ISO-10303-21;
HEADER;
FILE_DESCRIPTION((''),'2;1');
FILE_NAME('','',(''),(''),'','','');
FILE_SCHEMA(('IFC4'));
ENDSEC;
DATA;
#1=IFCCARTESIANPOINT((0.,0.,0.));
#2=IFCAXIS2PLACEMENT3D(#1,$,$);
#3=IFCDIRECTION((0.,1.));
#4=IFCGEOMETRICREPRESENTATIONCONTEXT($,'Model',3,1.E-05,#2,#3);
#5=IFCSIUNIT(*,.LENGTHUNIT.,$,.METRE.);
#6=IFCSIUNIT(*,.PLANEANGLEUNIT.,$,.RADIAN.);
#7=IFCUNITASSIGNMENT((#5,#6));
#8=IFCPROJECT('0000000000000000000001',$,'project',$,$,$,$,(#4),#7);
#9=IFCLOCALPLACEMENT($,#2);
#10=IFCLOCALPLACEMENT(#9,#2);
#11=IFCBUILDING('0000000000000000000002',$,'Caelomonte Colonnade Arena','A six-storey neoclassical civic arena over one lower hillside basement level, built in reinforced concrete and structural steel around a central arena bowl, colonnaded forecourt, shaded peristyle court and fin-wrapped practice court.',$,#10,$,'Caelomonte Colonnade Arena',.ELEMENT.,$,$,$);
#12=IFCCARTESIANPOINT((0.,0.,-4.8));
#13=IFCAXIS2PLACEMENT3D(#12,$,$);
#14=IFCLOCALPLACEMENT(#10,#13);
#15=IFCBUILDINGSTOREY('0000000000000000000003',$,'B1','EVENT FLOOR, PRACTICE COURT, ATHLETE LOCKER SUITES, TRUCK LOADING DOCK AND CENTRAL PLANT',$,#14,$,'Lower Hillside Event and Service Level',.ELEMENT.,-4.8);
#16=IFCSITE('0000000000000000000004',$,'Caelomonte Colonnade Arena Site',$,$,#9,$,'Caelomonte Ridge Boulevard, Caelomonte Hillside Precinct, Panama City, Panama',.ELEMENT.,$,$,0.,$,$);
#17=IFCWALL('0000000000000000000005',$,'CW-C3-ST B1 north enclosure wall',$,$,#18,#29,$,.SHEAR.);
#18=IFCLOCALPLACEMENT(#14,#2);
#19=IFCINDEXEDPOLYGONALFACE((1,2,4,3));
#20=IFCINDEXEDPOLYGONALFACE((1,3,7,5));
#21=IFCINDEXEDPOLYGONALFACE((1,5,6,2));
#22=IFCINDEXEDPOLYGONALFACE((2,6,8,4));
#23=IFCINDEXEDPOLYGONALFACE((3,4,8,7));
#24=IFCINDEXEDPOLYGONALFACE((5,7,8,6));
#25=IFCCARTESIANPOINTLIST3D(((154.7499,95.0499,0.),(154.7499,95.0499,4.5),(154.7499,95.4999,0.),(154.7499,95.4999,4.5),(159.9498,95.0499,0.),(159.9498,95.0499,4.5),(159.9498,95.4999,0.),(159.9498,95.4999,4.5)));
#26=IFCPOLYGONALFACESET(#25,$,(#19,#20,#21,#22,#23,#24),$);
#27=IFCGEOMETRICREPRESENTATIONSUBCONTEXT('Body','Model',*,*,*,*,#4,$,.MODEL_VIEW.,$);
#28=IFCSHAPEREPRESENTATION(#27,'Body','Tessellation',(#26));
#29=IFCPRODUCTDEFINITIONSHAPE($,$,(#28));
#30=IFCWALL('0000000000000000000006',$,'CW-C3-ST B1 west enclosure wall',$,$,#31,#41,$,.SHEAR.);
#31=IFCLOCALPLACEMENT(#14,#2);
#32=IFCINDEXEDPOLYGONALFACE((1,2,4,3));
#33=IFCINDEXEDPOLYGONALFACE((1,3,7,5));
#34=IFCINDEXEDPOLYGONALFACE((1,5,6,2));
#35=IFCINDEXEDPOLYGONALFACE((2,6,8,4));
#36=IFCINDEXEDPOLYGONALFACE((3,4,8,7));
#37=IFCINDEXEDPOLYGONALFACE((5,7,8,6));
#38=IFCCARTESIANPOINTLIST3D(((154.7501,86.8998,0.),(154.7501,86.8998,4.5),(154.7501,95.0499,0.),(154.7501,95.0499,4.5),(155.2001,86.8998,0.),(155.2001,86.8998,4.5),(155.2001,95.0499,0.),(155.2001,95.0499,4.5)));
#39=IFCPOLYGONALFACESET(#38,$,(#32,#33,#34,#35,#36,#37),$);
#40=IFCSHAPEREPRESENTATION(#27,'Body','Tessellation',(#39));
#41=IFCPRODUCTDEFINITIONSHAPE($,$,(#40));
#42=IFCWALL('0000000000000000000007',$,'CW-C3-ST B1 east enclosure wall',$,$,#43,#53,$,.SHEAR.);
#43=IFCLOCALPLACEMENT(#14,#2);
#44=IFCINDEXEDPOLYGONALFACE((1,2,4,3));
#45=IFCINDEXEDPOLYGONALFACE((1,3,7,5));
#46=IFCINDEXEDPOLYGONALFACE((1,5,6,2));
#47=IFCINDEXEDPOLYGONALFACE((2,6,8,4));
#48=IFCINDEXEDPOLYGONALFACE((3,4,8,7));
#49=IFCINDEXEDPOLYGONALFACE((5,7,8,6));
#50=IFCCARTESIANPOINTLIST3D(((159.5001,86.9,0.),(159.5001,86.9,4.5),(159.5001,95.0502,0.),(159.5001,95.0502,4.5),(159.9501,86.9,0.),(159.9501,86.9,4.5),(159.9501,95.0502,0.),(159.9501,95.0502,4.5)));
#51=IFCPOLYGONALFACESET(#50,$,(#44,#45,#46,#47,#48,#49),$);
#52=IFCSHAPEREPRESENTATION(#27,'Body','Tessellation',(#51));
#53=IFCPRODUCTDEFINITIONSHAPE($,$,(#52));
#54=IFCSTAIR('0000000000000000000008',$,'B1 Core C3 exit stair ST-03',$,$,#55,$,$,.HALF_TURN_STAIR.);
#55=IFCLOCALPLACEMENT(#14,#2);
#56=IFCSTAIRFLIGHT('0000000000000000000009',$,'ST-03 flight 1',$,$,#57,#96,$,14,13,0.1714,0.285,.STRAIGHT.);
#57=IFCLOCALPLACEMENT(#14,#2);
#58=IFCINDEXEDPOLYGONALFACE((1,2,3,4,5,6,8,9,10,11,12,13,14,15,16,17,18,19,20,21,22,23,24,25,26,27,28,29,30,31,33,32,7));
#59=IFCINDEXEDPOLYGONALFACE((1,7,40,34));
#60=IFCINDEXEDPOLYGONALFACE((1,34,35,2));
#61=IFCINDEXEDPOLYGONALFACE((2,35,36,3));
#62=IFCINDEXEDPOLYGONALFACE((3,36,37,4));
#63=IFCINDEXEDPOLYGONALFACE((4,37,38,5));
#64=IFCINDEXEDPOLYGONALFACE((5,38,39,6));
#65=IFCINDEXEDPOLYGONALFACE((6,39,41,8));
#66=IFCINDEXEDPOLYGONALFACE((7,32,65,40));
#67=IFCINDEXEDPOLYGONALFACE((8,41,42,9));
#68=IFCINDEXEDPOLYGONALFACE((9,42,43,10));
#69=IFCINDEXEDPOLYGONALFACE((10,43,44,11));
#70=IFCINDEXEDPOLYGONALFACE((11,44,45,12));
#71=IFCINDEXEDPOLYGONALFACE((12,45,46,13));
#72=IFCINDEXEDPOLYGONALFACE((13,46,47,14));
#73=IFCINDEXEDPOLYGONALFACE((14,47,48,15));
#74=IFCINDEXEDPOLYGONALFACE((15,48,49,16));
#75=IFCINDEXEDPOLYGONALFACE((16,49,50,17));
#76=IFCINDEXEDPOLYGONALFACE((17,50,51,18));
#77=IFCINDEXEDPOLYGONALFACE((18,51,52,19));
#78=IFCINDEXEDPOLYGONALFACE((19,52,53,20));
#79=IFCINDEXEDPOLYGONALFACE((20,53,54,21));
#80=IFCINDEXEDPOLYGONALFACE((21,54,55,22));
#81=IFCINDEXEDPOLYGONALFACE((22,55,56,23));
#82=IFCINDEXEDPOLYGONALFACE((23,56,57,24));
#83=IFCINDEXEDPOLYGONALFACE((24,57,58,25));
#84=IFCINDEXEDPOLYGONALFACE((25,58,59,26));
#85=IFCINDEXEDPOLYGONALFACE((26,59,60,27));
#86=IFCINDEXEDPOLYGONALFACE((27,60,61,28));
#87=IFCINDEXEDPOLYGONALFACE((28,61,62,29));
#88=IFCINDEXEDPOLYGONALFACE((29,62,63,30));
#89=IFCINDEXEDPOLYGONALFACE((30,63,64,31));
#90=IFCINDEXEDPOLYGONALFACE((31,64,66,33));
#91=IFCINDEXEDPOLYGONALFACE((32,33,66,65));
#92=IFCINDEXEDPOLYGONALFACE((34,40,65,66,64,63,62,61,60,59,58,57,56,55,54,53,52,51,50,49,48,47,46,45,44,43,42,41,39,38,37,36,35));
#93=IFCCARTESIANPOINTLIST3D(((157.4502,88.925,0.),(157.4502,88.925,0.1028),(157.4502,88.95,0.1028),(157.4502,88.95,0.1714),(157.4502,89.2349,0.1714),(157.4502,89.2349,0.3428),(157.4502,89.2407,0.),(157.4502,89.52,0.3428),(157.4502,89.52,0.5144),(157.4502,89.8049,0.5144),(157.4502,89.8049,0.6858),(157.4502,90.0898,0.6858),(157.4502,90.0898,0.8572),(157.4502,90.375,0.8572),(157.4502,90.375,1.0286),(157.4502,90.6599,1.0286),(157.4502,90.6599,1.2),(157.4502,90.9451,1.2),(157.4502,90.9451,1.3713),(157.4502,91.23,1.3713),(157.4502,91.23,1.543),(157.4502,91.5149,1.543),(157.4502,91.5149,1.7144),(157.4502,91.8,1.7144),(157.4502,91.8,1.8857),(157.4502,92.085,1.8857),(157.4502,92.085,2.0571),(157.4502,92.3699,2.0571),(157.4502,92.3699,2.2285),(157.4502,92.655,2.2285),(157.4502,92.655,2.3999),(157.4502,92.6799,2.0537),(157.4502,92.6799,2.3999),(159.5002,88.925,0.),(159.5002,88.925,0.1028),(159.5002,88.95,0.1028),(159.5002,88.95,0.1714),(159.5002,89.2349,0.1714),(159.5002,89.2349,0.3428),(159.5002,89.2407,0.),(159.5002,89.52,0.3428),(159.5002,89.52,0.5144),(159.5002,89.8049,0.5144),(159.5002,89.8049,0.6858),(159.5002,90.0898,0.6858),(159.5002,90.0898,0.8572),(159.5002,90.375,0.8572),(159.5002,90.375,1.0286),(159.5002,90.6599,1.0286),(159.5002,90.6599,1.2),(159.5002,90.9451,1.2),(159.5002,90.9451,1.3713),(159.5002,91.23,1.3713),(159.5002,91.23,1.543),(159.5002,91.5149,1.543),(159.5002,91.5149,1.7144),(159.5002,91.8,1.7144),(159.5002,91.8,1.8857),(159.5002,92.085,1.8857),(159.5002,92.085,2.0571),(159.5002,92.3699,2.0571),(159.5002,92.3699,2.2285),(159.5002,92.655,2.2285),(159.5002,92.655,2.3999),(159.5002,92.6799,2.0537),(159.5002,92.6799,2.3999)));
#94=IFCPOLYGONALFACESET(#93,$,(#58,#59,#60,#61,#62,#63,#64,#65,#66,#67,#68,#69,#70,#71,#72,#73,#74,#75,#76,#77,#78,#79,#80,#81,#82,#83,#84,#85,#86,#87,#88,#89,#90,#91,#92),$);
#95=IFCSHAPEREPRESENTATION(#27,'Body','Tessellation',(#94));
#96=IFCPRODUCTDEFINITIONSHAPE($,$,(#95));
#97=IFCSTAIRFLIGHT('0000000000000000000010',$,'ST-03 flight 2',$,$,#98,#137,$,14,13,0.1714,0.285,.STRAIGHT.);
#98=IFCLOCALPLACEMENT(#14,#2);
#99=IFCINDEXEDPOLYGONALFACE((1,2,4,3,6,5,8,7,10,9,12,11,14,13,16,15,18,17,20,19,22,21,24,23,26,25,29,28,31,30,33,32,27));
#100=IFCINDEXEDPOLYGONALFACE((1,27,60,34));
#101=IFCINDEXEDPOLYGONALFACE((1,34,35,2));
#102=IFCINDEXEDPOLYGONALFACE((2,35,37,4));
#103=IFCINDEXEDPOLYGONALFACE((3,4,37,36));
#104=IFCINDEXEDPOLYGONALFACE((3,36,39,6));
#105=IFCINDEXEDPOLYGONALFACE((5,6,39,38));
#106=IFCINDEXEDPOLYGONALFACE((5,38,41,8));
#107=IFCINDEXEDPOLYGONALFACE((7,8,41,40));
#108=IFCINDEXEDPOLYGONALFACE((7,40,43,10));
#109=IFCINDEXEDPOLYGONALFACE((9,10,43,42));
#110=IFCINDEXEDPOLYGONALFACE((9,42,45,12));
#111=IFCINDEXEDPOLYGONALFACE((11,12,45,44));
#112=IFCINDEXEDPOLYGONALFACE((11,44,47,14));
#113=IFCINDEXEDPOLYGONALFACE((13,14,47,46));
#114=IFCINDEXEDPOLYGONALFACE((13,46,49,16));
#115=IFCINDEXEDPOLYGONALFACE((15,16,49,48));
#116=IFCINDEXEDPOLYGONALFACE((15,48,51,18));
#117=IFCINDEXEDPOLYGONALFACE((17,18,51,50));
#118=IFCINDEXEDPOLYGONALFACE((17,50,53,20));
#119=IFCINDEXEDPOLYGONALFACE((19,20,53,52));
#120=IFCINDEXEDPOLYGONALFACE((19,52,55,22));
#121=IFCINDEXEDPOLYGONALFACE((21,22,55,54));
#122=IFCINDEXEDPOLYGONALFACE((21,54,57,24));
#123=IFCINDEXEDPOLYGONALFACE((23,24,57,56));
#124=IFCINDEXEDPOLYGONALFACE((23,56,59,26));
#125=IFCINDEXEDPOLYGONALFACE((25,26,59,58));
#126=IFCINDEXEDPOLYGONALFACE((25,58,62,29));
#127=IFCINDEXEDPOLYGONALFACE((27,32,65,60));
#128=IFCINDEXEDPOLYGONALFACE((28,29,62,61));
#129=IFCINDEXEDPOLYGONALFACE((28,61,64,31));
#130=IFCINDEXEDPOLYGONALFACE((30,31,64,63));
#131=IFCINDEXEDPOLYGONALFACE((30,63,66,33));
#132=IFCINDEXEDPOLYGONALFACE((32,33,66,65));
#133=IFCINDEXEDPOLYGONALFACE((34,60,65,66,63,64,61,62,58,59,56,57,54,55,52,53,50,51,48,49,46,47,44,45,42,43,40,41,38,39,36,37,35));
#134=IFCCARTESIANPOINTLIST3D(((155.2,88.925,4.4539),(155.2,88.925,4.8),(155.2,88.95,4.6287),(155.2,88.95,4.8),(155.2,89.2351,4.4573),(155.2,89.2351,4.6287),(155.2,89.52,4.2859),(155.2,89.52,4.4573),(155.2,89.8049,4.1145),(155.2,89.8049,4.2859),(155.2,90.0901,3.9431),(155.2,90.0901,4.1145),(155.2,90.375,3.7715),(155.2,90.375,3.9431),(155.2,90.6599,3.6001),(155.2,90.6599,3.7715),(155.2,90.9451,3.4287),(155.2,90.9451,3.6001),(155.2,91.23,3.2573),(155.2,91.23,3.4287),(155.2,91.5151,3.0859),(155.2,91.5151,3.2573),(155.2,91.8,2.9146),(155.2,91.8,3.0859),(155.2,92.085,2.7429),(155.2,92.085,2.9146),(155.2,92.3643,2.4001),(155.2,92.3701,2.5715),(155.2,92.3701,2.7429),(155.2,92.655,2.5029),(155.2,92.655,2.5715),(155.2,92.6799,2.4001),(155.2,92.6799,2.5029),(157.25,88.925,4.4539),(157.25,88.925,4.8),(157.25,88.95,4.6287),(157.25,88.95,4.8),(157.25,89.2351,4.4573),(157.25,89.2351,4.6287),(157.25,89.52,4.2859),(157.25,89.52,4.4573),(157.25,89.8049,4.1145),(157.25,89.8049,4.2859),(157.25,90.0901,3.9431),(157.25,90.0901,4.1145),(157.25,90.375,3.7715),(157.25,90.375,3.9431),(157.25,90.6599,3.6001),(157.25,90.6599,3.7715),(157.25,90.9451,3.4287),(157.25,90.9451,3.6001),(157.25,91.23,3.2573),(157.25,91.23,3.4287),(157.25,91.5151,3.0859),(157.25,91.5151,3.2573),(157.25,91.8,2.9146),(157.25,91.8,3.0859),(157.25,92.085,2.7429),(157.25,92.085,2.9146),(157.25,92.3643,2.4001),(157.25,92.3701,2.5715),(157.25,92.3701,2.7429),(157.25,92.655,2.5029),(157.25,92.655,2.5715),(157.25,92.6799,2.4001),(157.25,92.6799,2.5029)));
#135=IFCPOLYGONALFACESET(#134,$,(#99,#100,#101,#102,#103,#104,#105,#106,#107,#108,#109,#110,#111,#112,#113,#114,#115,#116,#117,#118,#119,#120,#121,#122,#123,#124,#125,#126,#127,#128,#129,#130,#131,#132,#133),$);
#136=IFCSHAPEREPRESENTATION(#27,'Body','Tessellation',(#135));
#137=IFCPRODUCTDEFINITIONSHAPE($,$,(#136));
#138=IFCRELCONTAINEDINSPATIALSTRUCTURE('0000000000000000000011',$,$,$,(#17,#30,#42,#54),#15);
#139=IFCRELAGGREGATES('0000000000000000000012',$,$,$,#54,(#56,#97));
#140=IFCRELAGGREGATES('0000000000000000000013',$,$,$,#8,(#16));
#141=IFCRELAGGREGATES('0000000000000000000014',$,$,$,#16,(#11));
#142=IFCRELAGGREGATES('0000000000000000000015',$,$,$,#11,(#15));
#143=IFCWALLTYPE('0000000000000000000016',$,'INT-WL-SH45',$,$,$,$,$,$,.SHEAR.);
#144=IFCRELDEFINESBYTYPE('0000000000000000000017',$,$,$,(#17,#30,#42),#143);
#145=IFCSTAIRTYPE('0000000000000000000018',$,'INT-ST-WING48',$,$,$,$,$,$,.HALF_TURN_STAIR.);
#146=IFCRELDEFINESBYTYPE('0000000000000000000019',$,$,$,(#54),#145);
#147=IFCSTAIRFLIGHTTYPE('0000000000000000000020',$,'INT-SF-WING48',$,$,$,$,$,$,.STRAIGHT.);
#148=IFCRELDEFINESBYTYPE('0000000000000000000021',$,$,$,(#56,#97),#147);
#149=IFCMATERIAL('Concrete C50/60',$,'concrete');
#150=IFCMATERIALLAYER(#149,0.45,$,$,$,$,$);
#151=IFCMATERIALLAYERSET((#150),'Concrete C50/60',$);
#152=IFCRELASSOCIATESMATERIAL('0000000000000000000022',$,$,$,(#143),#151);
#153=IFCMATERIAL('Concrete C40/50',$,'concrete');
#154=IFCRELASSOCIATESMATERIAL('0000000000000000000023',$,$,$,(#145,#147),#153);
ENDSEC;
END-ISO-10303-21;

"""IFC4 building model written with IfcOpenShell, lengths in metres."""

from ifc_helpers import new_model, si_unit, direction, frame, frame_2d, origin, place, context, subcontext, project, spatial, polyline, rectangle, outline, extrude, material, layer, layer_set, type_object, element, aggregate, save


model = new_model("IFC4")

# Units and contexts
model_context = context("Model", 3, precision=1e-05, world=origin(), true_north=direction((0.0, 1.0)))
body_context = subcontext(model_context, "Body", "Model", "MODEL_VIEW")
ifc_project = project(units=[si_unit("LENGTHUNIT", "METRE"), si_unit("PLANEANGLEUNIT", "RADIAN")], contexts=[model_context])

# Site, building, storey
site_placement = place(None, origin())
site = spatial("IfcSite", under=ifc_project, at=site_placement, Name="Caelomonte Colonnade Arena Site", LongName="Caelomonte Ridge Boulevard, Caelomonte Hillside Precinct, Panama City, Panama", CompositionType="ELEMENT", RefElevation=0.0)
building_placement = place(site_placement, origin())
building = spatial("IfcBuilding", under=site, at=building_placement, Name="Caelomonte Colonnade Arena", Description="A six-storey neoclassical civic arena over one lower hillside basement level, built in reinforced concrete and structural steel around a central arena bowl, colonnaded forecourt, shaded peristyle court and fin-wrapped practice court.", LongName="Caelomonte Colonnade Arena", CompositionType="ELEMENT")
storey_placement = place(building_placement, frame((0.0, 0.0, -4.8)))
storey = spatial("IfcBuildingStorey", under=building, at=storey_placement, Name="B1", Description="EVENT FLOOR, PRACTICE COURT, ATHLETE LOCKER SUITES, TRUCK LOADING DOCK AND CENTRAL PLANT", LongName="Lower Hillside Event and Service Level", CompositionType="ELEMENT", Elevation=-4.8)

# Shared definitions
ifc_material_1 = material(Name="Concrete C40/50", Category="concrete")

# Shared definitions
ifc_material_2 = material(Name="Concrete C50/60", Category="concrete")

# Shared definitions
ifc_layer_1 = layer(ifc_material_2, 0.45)
ifc_layer_set_1 = layer_set([ifc_layer_1], Name="Concrete C50/60")
wall_type_1 = type_object("IfcWallType", Name="INT-WL-SH45", PredefinedType="SHEAR", material=ifc_layer_set_1)

# Walls
wall_1_placement = place(storey_placement, frame((159.95, 95.2749, 0.0), z_axis=(0.0, 0.0, 1.0), x_axis=(-1.0, 0.0, 0.0)))
element("IfcWall", 1, at=wall_1_placement, inside=storey, type_object=wall_type_1, Name="CW-C3-ST B1 north enclosure wall", PredefinedType="SHEAR", context=body_context, shape_type="SweptSolid", body=[
    extrude(rectangle(XDim=5.2, YDim=0.45, at=frame_2d((2.6001, 0.0))), origin(), (0.0, 0.0, 1.0), 4.5),
])
for number, where, z_axis, x_axis, name in (
    (2, (154.9751, 95.05, 0.0), (0.0, 0.0, 1.0), (0.0, -1.0, 0.0), "CW-C3-ST B1 west enclosure wall"),
    (3, (159.7251, 86.8999, 0.0), (0.0, 0.0, 1.0), (0.0, 1.0, 0.0), "CW-C3-ST B1 east enclosure wall"),
):
    element("IfcWall", number, at=place(storey_placement, frame(where, z_axis=z_axis, x_axis=x_axis)), inside=storey, type_object=wall_type_1, Name=name, PredefinedType="SHEAR", context=body_context, shape_type="SweptSolid", body=[
        extrude(rectangle(XDim=8.1501, YDim=0.45, at=frame_2d((4.0752, 0.0))), origin(), (0.0, 0.0, 1.0), 4.5),
    ])

# Stair, stair flights
stair_type = type_object("IfcStairType", Name="INT-ST-WING48", PredefinedType="HALF_TURN_STAIR", material=ifc_material_1)
stair_placement = place(storey_placement, origin())
stair = element("IfcStair", 4, at=stair_placement, inside=storey, type_object=stair_type, Name="B1 Core C3 exit stair ST-03", PredefinedType="HALF_TURN_STAIR")
stair_flight_type = type_object("IfcStairFlightType", Name="INT-SF-WING48", PredefinedType="STRAIGHT", material=ifc_material_1)
stair_flight_1_placement = place(storey_placement, frame((158.4751, 88.95, 0.0), z_axis=(0.0, 0.0, 1.0), x_axis=(0.0, 1.0, 0.0)))
stair_flight_1 = element("IfcStairFlight", 5, at=stair_flight_1_placement, type_object=stair_flight_type, Name="ST-03 flight 1", NumberOfRisers=14, NumberOfTreads=13, PredefinedType="STRAIGHT", RiserHeight=0.1714, TreadLength=0.285, context=body_context, shape_type="SweptSolid", body=[
    extrude(outline(polyline([(-0.0249, 0.0), (-0.0249, 0.1028), (0.0, 0.1028), (0.0, 0.1714), (0.2849, 0.1714), (0.2849, 0.3428), (0.5701, 0.3428), (0.5701, 0.5144), (0.855, 0.5144), (0.855, 0.6858), (1.1399, 0.6858), (1.1399, 0.8572), (1.425, 0.8572), (1.425, 1.0286), (1.71, 1.0286), (1.71, 1.2), (1.9951, 1.2), (1.9951, 1.3713), (2.28, 1.3713), (2.28, 1.543), (2.5649, 1.543), (2.5649, 1.7144), (2.8501, 1.7144), (2.8501, 1.8857), (3.135, 1.8857), (3.135, 2.0571), (3.4199, 2.0571), (3.4199, 2.2285), (3.7051, 2.2285), (3.7051, 2.3999), (3.73, 2.3999), (3.73, 2.0537), (0.2908, 0.0), (-0.0249, 0.0)])), frame((0.0, 1.0249, 0.0), z_axis=(0.0, -1.0, 0.0), x_axis=(1.0, 0.0, 0.0)), (0.0, 0.0, 1.0), 2.05),
])
stair_flight_2_placement = place(storey_placement, frame((156.2251, 92.655, 2.4001), z_axis=(0.0, 0.0, 1.0), x_axis=(0.0, -1.0, 0.0)))
stair_flight_2 = element("IfcStairFlight", 6, at=stair_flight_2_placement, type_object=stair_flight_type, Name="ST-03 flight 2", NumberOfRisers=14, NumberOfTreads=13, PredefinedType="STRAIGHT", RiserHeight=0.1714, TreadLength=0.285, context=body_context, shape_type="SweptSolid", body=[
    extrude(outline(polyline([(-0.0249, 0.0), (-0.0249, 0.1028), (0.0, 0.1028), (0.0, 0.1714), (0.2849, 0.1714), (0.2849, 0.3428), (0.5701, 0.3428), (0.5701, 0.5144), (0.855, 0.5144), (0.855, 0.6858), (1.1399, 0.6858), (1.1399, 0.8572), (1.425, 0.8572), (1.425, 1.0286), (1.71, 1.0286), (1.71, 1.2), (1.9951, 1.2), (1.9951, 1.3713), (2.28, 1.3713), (2.28, 1.543), (2.5649, 1.543), (2.5649, 1.7144), (2.8501, 1.7144), (2.8501, 1.8857), (3.135, 1.8857), (3.135, 2.0571), (3.4199, 2.0571), (3.4199, 2.2285), (3.7051, 2.2285), (3.7051, 2.3999), (3.73, 2.3999), (3.73, 2.0537), (0.2908, 0.0), (-0.0249, 0.0)])), frame((0.0, 1.0249, 0.0), z_axis=(0.0, -1.0, 0.0), x_axis=(1.0, 0.0, 0.0)), (0.0, 0.0, 1.0), 2.05),
])
aggregate(stair, [stair_flight_1, stair_flight_2])

save(model, "model.ifc")
